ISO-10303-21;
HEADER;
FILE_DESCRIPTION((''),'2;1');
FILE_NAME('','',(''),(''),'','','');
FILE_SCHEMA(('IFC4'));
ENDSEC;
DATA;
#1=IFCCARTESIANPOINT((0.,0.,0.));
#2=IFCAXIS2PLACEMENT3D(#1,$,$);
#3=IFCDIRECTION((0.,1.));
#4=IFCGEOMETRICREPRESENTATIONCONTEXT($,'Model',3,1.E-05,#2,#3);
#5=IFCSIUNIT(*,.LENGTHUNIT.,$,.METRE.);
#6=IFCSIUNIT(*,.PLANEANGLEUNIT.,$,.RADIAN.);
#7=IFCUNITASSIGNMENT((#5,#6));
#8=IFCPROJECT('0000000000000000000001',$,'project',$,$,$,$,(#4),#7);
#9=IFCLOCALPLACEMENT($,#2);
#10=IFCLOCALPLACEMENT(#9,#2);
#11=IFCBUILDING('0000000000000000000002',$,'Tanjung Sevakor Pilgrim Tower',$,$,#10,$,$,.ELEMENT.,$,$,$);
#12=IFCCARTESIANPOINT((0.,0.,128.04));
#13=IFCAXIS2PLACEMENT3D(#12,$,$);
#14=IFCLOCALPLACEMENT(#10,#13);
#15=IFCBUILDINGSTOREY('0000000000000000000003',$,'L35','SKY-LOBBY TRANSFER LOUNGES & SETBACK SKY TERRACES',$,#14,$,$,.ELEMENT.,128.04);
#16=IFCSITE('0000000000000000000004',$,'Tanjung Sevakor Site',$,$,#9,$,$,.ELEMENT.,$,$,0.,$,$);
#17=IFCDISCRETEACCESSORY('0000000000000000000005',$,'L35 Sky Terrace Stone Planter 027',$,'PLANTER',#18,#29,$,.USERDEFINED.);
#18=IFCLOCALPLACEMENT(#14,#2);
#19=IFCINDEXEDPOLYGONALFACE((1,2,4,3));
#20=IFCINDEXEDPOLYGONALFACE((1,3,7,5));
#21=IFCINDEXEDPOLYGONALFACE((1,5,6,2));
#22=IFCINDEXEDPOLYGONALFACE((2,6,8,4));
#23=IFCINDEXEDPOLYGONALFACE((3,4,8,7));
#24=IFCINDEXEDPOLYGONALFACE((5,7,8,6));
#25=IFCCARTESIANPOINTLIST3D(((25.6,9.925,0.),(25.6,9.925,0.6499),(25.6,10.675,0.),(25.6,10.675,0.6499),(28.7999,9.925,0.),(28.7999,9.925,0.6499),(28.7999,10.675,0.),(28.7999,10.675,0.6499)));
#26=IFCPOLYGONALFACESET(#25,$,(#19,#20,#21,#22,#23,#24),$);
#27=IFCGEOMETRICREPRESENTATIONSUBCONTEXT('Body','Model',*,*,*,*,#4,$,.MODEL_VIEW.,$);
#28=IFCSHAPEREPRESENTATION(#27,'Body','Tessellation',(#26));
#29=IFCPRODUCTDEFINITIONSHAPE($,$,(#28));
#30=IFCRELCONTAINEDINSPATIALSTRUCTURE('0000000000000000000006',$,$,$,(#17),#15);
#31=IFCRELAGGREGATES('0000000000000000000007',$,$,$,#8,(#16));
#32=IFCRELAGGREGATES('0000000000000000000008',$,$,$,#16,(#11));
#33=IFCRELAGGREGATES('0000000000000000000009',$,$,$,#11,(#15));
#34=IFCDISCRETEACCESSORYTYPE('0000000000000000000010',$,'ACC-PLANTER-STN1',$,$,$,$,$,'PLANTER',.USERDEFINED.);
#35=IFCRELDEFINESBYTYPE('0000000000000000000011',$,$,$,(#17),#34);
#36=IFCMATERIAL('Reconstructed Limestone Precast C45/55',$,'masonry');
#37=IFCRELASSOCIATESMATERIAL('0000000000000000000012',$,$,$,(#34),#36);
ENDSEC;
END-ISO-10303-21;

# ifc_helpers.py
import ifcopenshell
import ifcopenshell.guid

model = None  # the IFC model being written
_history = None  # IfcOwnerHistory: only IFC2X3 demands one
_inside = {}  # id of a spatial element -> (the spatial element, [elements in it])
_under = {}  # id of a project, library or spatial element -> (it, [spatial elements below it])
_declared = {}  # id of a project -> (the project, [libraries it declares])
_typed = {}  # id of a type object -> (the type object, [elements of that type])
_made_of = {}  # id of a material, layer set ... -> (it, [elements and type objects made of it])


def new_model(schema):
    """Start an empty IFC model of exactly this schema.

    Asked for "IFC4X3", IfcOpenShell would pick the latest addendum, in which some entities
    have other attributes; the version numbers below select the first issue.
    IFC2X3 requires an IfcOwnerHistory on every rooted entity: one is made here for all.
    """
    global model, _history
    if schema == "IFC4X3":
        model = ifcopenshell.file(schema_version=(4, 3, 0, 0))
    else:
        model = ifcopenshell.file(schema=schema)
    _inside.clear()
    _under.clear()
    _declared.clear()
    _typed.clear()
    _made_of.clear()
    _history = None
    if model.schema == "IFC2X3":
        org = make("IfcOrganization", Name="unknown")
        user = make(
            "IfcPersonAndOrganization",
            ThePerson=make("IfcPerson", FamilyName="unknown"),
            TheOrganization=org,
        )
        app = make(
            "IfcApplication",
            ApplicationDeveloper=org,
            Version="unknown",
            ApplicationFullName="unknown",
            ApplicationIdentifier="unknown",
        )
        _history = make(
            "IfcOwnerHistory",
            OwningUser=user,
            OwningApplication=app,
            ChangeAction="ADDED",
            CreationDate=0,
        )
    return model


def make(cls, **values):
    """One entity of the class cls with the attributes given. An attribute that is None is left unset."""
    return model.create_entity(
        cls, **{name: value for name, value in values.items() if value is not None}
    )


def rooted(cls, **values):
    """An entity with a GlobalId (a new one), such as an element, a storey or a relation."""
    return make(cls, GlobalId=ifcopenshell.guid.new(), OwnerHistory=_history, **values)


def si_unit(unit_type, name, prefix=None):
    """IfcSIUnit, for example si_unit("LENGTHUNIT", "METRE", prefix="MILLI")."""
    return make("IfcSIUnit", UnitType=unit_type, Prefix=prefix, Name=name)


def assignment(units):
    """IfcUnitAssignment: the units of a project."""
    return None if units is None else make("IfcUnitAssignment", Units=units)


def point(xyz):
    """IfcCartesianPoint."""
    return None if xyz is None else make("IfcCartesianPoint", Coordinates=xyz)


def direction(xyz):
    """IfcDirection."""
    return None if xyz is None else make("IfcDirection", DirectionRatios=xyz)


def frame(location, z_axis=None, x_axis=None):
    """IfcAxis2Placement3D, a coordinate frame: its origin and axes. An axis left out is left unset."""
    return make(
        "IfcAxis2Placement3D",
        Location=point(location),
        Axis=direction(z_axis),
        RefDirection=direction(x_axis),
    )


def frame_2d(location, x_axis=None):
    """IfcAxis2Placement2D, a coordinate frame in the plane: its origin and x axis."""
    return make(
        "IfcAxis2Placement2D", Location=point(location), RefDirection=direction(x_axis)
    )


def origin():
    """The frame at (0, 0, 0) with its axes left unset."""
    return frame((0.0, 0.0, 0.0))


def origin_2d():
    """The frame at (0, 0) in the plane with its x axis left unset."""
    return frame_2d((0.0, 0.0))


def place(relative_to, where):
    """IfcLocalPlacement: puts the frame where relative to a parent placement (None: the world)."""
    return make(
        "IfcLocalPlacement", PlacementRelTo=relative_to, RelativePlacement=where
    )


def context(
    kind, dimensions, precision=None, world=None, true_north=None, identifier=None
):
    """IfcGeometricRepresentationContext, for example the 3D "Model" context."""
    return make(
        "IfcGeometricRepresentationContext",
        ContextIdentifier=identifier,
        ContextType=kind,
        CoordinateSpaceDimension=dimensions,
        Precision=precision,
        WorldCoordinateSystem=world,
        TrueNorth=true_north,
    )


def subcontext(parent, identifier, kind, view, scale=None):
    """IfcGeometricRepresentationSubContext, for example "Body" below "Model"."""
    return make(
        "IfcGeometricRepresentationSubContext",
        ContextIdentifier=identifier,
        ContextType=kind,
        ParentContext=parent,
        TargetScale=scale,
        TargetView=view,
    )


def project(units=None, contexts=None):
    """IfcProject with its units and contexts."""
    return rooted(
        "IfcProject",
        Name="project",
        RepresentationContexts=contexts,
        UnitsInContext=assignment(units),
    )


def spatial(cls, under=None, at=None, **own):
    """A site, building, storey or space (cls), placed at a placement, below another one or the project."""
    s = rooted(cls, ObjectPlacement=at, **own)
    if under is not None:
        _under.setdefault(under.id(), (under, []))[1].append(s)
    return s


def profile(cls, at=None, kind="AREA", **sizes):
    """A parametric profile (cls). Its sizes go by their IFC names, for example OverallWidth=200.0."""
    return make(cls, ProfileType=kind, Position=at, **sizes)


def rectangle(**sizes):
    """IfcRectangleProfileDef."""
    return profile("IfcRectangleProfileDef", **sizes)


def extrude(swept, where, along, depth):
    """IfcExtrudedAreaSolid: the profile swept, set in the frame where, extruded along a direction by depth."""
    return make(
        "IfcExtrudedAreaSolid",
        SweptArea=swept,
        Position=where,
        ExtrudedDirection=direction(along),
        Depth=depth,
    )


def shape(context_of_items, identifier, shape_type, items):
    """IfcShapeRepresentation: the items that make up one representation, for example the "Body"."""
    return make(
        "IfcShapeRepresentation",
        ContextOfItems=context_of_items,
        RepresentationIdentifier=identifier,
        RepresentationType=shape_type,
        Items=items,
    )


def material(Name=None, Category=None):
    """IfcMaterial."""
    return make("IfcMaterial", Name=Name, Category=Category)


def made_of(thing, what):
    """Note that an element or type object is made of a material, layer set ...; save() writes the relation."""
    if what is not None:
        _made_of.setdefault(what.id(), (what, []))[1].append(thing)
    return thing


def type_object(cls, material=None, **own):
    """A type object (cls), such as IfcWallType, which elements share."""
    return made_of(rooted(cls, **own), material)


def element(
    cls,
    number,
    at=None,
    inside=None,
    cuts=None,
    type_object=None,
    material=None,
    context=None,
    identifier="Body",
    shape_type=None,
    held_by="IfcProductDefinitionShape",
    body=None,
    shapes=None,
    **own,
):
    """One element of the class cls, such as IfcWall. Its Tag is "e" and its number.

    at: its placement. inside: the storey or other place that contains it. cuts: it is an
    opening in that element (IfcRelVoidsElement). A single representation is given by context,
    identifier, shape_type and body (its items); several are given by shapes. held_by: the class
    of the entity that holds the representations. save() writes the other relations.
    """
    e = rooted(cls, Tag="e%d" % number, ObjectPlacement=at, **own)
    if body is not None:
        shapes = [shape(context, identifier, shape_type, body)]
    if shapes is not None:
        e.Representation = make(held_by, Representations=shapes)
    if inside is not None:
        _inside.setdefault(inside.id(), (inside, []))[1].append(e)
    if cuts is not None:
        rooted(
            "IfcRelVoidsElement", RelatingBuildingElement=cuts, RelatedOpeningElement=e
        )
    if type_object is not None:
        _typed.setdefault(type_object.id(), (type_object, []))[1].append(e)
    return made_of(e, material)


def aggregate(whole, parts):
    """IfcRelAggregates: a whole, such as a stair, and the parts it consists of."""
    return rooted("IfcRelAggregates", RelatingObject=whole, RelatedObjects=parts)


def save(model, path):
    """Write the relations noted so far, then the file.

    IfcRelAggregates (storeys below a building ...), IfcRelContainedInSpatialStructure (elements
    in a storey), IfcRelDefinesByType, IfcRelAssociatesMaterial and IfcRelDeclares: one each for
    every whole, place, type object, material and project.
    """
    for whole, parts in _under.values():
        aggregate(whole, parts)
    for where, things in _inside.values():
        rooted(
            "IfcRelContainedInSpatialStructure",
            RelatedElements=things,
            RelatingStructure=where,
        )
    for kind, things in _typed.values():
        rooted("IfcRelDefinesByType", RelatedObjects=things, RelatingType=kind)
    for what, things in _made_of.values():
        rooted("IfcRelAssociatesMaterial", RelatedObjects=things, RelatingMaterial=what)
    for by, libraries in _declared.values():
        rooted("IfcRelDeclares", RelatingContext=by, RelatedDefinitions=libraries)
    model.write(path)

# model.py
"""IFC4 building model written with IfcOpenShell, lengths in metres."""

from ifc_helpers import new_model, si_unit, direction, frame, origin, origin_2d, place, context, subcontext, project, spatial, rectangle, extrude, material, type_object, element, save


model = new_model("IFC4")

# Units and contexts
model_context = context("Model", 3, precision=1e-05, world=origin(), true_north=direction((0.0, 1.0)))
body_context = subcontext(model_context, "Body", "Model", "MODEL_VIEW")
ifc_project = project(units=[si_unit("LENGTHUNIT", "METRE"), si_unit("PLANEANGLEUNIT", "RADIAN")], contexts=[model_context])

# Site, building, storey
site_placement = place(None, origin())
site = spatial("IfcSite", under=ifc_project, at=site_placement, Name="Tanjung Sevakor Site", CompositionType="ELEMENT", RefElevation=0.0)
building_placement = place(site_placement, origin())
building = spatial("IfcBuilding", under=site, at=building_placement, Name="Tanjung Sevakor Pilgrim Tower", CompositionType="ELEMENT")
storey_placement = place(building_placement, frame((0.0, 0.0, 128.04)))
storey = spatial("IfcBuildingStorey", under=building, at=storey_placement, Name="L35", Description="SKY-LOBBY TRANSFER LOUNGES & SETBACK SKY TERRACES", CompositionType="ELEMENT", Elevation=128.04)

# Discrete accessory
ifc_material_1 = material(Name="Reconstructed Limestone Precast C45/55", Category="masonry")
discrete_accessory_type = type_object("IfcDiscreteAccessoryType", Name="ACC-PLANTER-STN1", ElementType="PLANTER", PredefinedType="USERDEFINED", material=ifc_material_1)
discrete_accessory_placement = place(storey_placement, frame((27.2, 10.3, 0.0), z_axis=(0.0, 0.0, 1.0), x_axis=(1.0, 0.0, 0.0)))
element("IfcDiscreteAccessory", 1, at=discrete_accessory_placement, inside=storey, type_object=discrete_accessory_type, Name="L35 Sky Terrace Stone Planter 027", ObjectType="PLANTER", PredefinedType="USERDEFINED", context=body_context, shape_type="SweptSolid", body=[
    extrude(rectangle(XDim=3.2, YDim=0.75, at=origin_2d()), origin(), (0.0, 0.0, 1.0), 0.6499),
])

save(model, "model.ifc")
